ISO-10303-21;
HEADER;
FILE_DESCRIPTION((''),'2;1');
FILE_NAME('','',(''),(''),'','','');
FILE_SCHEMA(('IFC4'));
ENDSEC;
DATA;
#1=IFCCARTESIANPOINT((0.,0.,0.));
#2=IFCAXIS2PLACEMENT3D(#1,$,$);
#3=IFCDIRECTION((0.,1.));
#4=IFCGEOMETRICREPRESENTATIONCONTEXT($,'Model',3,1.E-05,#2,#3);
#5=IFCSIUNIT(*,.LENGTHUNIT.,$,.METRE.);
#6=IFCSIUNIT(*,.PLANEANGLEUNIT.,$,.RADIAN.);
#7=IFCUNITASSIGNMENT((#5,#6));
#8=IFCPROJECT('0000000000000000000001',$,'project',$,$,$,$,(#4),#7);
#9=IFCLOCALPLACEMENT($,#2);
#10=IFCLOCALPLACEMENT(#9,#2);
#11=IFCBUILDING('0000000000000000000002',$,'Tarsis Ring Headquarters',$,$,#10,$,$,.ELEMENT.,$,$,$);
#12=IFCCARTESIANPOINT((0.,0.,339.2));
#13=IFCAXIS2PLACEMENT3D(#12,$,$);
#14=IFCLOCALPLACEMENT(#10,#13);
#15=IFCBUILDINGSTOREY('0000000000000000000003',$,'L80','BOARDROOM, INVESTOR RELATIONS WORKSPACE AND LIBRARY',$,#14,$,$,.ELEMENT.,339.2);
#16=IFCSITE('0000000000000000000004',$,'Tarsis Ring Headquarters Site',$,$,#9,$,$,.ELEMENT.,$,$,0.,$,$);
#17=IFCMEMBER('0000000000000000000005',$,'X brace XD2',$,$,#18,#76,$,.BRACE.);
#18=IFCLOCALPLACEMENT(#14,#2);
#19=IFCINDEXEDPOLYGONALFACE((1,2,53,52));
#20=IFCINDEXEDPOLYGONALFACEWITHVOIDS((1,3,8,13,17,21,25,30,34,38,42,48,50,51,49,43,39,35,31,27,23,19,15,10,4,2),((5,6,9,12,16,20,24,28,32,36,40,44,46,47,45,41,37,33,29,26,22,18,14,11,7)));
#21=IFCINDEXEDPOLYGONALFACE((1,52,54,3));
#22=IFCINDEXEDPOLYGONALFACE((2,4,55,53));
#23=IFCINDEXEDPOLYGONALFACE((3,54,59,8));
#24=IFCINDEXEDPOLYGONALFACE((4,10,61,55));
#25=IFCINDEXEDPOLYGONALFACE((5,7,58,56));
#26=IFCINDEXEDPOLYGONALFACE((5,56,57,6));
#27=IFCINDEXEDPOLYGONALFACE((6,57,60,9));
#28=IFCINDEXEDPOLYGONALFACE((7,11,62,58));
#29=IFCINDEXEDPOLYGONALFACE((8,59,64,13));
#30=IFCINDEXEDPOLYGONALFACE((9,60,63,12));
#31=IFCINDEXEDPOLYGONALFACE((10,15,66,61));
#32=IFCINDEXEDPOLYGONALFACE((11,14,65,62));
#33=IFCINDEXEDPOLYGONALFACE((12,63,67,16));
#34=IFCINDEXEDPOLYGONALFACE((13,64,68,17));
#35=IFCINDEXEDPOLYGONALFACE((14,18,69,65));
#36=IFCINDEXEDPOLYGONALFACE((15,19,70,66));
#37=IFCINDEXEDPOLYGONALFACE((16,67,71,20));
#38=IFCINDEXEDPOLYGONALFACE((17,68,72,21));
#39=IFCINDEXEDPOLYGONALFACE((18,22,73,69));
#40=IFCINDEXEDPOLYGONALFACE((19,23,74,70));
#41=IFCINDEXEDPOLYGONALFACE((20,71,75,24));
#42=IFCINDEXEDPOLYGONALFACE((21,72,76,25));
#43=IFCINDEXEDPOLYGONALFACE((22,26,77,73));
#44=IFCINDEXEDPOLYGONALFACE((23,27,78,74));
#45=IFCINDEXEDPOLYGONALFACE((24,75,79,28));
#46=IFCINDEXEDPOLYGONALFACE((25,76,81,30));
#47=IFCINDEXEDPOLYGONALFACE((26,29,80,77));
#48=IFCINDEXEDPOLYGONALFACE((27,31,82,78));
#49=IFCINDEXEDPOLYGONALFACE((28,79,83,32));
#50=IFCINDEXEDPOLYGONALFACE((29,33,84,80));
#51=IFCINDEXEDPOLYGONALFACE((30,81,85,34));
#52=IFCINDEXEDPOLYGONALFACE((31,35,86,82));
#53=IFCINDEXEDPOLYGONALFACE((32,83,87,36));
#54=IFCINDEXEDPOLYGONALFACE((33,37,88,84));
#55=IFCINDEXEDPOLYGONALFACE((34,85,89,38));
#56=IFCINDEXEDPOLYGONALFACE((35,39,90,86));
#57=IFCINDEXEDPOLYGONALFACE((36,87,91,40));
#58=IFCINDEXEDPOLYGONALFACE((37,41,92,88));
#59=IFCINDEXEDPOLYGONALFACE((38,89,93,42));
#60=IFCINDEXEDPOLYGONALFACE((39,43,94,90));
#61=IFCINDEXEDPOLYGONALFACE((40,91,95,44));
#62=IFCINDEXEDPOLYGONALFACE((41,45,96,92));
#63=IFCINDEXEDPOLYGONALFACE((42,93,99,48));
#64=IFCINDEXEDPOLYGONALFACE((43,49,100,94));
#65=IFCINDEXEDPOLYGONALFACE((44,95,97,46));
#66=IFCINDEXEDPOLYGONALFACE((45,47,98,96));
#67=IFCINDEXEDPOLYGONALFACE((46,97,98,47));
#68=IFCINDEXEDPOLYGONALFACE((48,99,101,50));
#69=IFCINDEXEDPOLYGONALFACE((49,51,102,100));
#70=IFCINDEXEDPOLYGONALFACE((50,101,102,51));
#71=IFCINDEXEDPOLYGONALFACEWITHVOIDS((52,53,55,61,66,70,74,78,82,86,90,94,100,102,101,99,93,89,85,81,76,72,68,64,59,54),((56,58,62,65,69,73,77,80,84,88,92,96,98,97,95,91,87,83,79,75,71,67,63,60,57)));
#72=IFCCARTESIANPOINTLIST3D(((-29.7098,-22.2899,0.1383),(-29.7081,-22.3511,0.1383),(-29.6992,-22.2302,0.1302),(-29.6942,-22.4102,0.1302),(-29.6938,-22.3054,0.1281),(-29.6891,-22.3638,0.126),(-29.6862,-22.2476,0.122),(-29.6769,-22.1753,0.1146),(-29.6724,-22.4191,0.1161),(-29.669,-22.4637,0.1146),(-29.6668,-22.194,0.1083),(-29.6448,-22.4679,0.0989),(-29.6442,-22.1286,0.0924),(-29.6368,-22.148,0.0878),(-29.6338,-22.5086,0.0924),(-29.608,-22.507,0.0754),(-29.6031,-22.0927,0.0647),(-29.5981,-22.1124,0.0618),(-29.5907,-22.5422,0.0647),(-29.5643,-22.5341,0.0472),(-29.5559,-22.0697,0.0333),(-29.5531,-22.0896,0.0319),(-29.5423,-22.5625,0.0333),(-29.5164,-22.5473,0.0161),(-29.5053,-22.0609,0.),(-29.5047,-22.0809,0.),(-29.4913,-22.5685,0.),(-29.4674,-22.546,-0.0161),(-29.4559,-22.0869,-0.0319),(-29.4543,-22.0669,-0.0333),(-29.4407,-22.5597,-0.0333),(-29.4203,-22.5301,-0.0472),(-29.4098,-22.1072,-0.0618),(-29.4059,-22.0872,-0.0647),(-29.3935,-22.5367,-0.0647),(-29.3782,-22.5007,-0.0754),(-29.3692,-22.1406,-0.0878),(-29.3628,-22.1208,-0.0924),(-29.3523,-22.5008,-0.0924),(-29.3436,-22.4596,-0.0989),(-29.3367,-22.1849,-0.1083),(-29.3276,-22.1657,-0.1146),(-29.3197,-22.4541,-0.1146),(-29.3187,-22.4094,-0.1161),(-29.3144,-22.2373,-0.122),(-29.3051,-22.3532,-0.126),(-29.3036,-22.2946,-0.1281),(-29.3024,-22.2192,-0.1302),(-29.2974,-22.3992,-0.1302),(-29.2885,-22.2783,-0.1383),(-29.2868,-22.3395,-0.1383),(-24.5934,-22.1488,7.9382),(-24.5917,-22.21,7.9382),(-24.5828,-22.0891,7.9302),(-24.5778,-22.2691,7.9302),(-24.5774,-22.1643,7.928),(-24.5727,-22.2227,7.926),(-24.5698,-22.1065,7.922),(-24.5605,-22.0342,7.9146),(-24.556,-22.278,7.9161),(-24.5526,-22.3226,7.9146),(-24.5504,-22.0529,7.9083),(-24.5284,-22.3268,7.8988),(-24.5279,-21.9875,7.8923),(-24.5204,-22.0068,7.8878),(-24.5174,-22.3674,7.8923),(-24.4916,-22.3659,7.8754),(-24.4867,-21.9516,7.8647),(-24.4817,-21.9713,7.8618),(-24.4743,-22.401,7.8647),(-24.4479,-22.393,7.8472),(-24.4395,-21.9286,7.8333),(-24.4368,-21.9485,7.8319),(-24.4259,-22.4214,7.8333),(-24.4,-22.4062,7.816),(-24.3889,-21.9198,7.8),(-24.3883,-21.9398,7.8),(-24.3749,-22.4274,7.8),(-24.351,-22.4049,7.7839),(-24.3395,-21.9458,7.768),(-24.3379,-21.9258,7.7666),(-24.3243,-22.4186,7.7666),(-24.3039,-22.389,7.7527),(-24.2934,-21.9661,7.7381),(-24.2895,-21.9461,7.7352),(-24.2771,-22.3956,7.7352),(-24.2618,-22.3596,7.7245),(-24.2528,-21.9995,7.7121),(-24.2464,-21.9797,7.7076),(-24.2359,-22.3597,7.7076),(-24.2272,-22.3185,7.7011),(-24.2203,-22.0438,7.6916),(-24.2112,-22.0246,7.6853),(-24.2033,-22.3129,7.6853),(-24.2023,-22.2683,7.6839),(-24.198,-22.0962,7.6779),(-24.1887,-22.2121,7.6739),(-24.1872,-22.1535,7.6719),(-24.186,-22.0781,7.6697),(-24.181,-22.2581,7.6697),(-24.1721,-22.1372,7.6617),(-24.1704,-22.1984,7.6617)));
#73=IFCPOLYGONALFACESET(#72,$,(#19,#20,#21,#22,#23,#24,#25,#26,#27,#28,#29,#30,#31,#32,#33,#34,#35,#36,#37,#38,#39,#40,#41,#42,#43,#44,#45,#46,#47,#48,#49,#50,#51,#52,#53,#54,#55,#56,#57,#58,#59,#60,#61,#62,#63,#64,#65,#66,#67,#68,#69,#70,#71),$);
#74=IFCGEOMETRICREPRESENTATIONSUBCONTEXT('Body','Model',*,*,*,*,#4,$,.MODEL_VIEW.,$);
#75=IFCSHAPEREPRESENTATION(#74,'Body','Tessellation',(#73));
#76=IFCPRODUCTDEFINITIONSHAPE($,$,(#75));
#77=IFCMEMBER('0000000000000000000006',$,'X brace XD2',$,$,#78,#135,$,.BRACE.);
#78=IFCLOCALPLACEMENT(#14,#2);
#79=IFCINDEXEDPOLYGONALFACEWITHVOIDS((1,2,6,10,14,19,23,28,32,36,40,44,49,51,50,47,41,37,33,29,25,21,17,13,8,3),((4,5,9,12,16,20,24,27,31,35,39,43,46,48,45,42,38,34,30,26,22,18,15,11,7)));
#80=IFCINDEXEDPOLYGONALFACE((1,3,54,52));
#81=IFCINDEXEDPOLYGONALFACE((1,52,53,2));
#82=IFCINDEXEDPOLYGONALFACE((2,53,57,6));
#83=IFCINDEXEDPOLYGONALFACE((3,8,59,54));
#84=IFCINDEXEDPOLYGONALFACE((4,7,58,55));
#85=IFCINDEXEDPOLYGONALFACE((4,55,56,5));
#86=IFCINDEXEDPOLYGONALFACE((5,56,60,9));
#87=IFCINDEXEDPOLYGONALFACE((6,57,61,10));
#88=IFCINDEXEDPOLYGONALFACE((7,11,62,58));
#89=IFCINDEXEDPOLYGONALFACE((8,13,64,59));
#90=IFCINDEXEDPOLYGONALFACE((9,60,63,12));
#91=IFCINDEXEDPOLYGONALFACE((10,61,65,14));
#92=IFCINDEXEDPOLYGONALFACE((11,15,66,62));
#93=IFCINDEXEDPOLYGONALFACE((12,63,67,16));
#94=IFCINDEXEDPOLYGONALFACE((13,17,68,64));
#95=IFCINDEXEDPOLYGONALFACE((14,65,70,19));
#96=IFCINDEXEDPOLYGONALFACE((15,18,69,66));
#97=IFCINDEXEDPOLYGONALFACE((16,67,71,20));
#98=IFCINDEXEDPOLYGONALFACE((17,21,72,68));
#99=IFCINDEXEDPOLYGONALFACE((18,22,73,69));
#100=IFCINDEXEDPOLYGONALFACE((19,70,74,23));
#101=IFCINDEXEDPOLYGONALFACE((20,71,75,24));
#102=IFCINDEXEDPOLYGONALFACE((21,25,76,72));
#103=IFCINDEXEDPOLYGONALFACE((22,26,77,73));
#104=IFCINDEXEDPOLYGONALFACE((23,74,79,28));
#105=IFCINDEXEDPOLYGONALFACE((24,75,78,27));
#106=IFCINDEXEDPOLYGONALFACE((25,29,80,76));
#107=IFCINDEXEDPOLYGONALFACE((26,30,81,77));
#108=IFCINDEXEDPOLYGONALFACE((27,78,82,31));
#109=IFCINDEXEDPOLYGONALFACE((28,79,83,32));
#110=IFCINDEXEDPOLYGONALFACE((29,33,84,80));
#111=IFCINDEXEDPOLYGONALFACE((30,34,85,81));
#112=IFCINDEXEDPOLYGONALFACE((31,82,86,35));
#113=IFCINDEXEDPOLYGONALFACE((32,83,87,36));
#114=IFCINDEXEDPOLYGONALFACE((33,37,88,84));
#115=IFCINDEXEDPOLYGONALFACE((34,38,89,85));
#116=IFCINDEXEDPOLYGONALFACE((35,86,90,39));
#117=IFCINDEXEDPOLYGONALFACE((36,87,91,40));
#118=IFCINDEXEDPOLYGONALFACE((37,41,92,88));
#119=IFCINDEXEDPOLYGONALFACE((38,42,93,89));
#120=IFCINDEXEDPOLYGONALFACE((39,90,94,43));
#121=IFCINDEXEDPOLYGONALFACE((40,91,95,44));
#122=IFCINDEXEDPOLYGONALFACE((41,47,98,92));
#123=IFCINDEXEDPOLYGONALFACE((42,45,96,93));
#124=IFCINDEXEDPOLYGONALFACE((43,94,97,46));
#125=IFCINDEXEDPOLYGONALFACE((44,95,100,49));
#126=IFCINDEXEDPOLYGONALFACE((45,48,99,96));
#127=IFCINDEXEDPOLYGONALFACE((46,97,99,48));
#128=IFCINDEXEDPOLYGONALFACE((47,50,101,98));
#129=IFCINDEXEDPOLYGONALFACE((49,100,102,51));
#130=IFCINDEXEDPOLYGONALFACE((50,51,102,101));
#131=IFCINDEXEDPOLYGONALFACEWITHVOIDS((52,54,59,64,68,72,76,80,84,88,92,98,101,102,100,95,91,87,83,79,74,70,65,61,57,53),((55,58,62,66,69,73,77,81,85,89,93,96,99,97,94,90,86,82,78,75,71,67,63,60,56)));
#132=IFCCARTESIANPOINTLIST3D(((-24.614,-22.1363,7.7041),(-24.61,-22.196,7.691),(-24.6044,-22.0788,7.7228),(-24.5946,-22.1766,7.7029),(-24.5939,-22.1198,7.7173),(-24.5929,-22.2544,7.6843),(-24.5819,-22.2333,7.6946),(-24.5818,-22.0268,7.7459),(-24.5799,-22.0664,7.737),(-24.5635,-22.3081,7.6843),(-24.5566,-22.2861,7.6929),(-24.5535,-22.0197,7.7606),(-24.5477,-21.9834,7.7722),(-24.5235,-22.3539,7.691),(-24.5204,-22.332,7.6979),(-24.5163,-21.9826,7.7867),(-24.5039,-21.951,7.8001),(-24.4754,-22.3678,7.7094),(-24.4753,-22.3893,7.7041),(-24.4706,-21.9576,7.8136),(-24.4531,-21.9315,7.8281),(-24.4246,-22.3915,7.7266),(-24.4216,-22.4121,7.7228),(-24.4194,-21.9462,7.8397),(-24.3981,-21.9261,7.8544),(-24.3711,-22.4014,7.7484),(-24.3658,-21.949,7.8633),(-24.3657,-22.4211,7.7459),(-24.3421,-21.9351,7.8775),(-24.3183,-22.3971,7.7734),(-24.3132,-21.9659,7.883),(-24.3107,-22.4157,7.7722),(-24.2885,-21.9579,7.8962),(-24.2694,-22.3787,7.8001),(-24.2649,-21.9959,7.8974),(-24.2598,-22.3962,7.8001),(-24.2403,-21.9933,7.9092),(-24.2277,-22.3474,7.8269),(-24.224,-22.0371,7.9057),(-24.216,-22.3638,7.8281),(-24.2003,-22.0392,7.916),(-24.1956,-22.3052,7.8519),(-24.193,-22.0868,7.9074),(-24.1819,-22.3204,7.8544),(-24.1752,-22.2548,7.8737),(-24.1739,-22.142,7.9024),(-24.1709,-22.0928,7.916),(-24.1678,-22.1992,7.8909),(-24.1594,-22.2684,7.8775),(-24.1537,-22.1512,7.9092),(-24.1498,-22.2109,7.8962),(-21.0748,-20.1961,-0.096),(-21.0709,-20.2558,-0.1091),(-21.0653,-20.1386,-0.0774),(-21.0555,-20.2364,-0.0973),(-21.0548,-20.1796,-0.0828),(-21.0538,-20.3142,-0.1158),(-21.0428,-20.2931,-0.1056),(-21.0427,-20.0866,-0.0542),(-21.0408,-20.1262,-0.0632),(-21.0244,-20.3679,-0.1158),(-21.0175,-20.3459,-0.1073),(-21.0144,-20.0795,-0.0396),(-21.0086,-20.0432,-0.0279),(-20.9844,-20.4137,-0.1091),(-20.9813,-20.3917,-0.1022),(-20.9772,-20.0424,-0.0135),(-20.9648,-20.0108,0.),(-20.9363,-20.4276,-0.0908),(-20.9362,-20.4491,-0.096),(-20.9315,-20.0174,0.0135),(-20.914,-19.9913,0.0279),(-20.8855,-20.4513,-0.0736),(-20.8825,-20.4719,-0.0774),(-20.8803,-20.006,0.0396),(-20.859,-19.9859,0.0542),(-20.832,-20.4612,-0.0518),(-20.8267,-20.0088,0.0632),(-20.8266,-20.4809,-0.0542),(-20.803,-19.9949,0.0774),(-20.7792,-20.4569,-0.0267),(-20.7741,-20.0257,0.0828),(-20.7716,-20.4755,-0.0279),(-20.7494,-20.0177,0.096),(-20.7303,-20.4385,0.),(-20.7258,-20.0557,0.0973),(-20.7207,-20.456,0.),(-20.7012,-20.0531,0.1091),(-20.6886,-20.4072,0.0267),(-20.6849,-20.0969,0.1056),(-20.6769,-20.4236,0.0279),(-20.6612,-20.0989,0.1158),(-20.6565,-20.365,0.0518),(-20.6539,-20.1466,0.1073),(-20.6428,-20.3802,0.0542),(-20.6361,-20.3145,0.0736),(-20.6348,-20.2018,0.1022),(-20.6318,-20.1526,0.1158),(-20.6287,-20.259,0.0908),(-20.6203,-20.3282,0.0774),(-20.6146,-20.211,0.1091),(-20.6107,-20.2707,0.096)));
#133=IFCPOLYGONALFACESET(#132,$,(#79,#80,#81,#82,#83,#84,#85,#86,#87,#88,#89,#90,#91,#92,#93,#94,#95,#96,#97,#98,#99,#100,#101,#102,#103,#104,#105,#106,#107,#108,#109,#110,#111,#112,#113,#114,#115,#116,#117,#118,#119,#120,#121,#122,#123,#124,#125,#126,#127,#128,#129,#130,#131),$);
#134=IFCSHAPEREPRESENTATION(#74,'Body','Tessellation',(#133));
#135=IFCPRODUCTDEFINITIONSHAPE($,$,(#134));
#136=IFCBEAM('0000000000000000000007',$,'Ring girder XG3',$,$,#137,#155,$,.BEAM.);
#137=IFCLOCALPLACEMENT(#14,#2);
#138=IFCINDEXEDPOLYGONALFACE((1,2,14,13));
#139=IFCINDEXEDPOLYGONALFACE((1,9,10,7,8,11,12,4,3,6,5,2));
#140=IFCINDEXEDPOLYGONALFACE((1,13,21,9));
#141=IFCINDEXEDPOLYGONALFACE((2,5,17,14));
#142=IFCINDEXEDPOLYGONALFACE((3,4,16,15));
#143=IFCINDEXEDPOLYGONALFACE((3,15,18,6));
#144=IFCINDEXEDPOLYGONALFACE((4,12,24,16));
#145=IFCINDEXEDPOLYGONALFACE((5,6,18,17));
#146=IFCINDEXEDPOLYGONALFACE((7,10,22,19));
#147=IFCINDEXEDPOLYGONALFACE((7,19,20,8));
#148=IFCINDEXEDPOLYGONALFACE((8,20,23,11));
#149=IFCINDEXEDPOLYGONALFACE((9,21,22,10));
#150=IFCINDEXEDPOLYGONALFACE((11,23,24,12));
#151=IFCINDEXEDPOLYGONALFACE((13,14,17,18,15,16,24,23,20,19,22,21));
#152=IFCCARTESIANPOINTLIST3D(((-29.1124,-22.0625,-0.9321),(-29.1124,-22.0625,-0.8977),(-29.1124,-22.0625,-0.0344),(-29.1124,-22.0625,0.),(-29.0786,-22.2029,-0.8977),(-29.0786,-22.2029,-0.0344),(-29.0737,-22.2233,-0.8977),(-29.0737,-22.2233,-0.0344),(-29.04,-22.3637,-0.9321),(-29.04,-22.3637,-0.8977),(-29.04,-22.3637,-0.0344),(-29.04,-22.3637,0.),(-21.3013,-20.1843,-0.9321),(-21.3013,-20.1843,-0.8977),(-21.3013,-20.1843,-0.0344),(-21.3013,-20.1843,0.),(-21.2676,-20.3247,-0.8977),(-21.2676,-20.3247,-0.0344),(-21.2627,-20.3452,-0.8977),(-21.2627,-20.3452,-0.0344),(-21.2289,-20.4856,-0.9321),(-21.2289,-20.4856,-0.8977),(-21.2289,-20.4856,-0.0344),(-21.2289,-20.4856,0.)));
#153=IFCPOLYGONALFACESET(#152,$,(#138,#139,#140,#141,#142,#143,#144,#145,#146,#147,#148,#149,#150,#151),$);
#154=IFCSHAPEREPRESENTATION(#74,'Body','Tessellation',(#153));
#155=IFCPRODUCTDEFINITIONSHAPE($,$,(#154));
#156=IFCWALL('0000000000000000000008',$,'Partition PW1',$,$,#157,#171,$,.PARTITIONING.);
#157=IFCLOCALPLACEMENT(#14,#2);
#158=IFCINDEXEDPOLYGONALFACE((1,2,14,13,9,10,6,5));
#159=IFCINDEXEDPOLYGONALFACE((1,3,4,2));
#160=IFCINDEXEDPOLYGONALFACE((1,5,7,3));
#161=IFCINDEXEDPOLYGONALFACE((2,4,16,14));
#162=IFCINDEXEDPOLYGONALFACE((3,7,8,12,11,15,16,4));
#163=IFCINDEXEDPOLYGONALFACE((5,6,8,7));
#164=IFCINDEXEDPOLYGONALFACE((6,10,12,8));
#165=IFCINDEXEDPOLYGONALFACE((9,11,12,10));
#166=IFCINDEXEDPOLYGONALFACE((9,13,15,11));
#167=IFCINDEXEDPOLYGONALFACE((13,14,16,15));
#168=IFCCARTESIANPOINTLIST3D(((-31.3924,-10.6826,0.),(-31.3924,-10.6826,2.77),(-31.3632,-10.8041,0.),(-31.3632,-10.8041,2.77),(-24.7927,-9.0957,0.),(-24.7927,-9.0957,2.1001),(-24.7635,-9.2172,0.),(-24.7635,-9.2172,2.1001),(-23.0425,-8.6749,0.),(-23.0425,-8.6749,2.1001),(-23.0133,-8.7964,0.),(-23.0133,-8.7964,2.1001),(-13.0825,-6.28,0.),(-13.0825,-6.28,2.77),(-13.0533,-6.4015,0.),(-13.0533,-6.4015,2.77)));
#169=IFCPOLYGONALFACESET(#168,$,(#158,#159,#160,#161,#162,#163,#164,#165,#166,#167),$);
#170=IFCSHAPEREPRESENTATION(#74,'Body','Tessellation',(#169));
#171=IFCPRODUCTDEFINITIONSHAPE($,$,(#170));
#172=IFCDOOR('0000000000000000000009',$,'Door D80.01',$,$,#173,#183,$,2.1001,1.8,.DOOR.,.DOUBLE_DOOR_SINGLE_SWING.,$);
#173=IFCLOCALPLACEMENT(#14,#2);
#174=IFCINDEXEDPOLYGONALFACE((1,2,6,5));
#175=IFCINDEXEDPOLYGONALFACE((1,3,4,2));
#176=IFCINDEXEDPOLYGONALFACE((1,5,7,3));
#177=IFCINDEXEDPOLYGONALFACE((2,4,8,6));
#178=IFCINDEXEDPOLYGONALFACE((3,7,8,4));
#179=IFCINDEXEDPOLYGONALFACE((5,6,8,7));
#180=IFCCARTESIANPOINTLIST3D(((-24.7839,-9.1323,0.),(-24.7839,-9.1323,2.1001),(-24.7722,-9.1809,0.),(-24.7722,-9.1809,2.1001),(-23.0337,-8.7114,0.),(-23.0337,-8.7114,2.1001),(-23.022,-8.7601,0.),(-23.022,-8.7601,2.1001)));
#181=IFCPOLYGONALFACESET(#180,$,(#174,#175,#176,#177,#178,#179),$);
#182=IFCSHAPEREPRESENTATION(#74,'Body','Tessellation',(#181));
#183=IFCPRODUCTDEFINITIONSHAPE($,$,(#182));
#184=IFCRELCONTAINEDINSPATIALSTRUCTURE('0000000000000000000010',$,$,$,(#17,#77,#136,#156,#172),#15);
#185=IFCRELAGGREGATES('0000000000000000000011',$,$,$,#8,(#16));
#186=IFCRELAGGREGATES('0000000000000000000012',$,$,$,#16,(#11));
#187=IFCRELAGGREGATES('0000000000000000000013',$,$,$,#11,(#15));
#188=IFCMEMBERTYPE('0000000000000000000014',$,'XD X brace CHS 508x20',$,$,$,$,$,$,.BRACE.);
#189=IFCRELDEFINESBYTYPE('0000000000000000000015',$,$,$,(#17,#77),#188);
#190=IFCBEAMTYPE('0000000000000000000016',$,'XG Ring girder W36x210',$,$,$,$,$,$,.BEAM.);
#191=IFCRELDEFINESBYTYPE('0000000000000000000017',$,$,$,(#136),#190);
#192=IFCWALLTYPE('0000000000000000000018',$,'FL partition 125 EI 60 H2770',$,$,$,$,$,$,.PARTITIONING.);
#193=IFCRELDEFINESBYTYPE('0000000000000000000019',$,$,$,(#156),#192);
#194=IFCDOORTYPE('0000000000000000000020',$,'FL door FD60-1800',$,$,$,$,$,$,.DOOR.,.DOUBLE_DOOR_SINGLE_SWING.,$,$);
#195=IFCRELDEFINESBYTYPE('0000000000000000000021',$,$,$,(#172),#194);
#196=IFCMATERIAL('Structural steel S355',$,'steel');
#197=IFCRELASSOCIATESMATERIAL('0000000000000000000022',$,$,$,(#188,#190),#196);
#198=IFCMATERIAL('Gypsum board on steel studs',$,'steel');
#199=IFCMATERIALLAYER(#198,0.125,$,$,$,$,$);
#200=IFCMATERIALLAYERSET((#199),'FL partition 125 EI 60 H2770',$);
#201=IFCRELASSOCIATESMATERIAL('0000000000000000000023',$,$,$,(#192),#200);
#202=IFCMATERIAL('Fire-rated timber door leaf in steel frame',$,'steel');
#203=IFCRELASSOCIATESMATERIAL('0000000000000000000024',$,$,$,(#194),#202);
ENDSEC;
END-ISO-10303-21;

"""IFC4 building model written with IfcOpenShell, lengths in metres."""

from ifc_helpers import new_model, si_unit, direction, frame, frame_2d, origin, origin_2d, place, context, subcontext, project, spatial, rectangle, hollow_circle, i_section, extrude, material, layer, layer_set, material_profile, profile_set, type_object, element, fill, save


model = new_model("IFC4")

# Units and contexts
model_context = context("Model", 3, precision=1e-05, world=origin(), true_north=direction((0.0, 1.0)))
body_context = subcontext(model_context, "Body", "Model", "MODEL_VIEW")
ifc_project = project(units=[si_unit("LENGTHUNIT", "METRE"), si_unit("PLANEANGLEUNIT", "RADIAN")], contexts=[model_context])

# Site, building, storey
site_placement = place(None, origin())
site = spatial("IfcSite", under=ifc_project, at=site_placement, Name="Tarsis Ring Headquarters Site", CompositionType="ELEMENT", RefElevation=0.0)
building_placement = place(site_placement, origin())
building = spatial("IfcBuilding", under=site, at=building_placement, Name="Tarsis Ring Headquarters", CompositionType="ELEMENT")
storey_placement = place(building_placement, frame((0.0, 0.0, 339.2)))
storey = spatial("IfcBuildingStorey", under=building, at=storey_placement, Name="L80", Description="BOARDROOM, INVESTOR RELATIONS WORKSPACE AND LIBRARY", CompositionType="ELEMENT", Elevation=339.2)

# Shared definitions
ifc_material_1 = material(Name="Structural steel S355", Category="steel")

# Members
ifc_material_profile_1 = material_profile(ifc_material_1, hollow_circle(Radius=0.2539, WallThickness=0.02, at=origin_2d()), Name="CHS 508x20")
ifc_profile_set_1 = profile_set([ifc_material_profile_1], Name="Structural steel S355")
member_type = type_object("IfcMemberType", Name="XD X brace CHS 508x20", PredefinedType="BRACE", material=ifc_profile_set_1)
member_1_placement = place(storey_placement, frame((-29.4983, -22.3147, 0.0), z_axis=(0.548419, 0.015126, 0.836067), x_axis=(-0.02757, 0.99962, 0.0)))
element("IfcMember", 1, at=member_1_placement, inside=storey, type_object=member_type, Name="X brace XD2", PredefinedType="BRACE", context=body_context, shape_type="SweptSolid", body=[
    extrude(hollow_circle(Radius=0.2539, WallThickness=0.02, at=origin_2d()), origin(), (0.0, 0.0, 1.0), 9.3293),
])
member_2_placement = place(storey_placement, frame((-20.8428, -20.2334, 0.0), z_axis=(-0.402973, -0.220918, 0.888148), x_axis=(0.48072, -0.876874, 0.0)))
element("IfcMember", 2, at=member_2_placement, inside=storey, type_object=member_type, Name="X brace XD2", PredefinedType="BRACE", context=body_context, shape_type="SweptSolid", body=[
    extrude(hollow_circle(Radius=0.2539, WallThickness=0.02, at=origin_2d()), origin(), (0.0, 0.0, 1.0), 8.7825),
])

# Beam
ifc_material_profile_2 = material_profile(ifc_material_1, i_section(OverallWidth=0.3098, OverallDepth=0.9321, WebThickness=0.021, FlangeThickness=0.0344, at=origin_2d()), Name="W36x210")
ifc_profile_set_2 = profile_set([ifc_material_profile_2], Name="Structural steel S355")
beam_type = type_object("IfcBeamType", Name="XG Ring girder W36x210", PredefinedType="BEAM", material=ifc_profile_set_2)
beam_placement = place(storey_placement, frame((-29.0762, -22.2131, -0.4661), z_axis=(0.972288, 0.233788, 0.0), x_axis=(-0.233788, 0.972288, 0.0)))
element("IfcBeam", 3, at=beam_placement, inside=storey, type_object=beam_type, Name="Ring girder XG3", PredefinedType="BEAM", context=body_context, shape_type="SweptSolid", body=[
    extrude(i_section(OverallWidth=0.3098, OverallDepth=0.9321, WebThickness=0.021, FlangeThickness=0.0344, at=origin_2d()), origin(), (0.0, 0.0, 1.0), 8.0337),
])

# Wall, opening, door
ifc_material_2 = material(Name="Gypsum board on steel studs", Category="steel")
ifc_layer_1 = layer(ifc_material_2, 0.125)
ifc_layer_set_1 = layer_set([ifc_layer_1], Name="FL partition 125 EI 60 H2770")
wall_type_1 = type_object("IfcWallType", Name="FL partition 125 EI 60 H2770", PredefinedType="PARTITIONING", material=ifc_layer_set_1)
wall_1_placement = place(storey_placement, frame((-31.3779, -10.7434, 0.0), z_axis=(0.0, 0.0, 1.0), x_axis=(0.972288, 0.233786, 0.0)))
wall_1 = element("IfcWall", 4, at=wall_1_placement, inside=storey, type_object=wall_type_1, Name="Partition PW1", PredefinedType="PARTITIONING", context=body_context, shape_type="SweptSolid", body=[
    extrude(rectangle(XDim=18.8318, YDim=0.125, at=frame_2d((9.416, 0.0))), origin(), (0.0, 0.0, 1.0), 2.77),
])
opening_1_placement = place(wall_1_placement, frame((6.7881, 0.0, 0.0)))
opening_1 = element("IfcOpeningElement", 5, at=opening_1_placement, cuts=wall_1, PredefinedType="OPENING", context=body_context, shape_type="SweptSolid", body=[
    extrude(rectangle(XDim=1.8, YDim=2.1001, at=frame_2d((0.8999, 1.05))), frame((0.0, 0.0725, 0.0), z_axis=(0.0, -1.0, 0.0), x_axis=(1.0, 0.0, 0.0)), (0.0, 0.0, 1.0), 0.145),
])
ifc_material_3 = material(Name="Fire-rated timber door leaf in steel frame", Category="steel")
door_type_1 = type_object("IfcDoorType", Name="FL door FD60-1800", OperationType="DOUBLE_DOOR_SINGLE_SWING", PredefinedType="DOOR", material=ifc_material_3)
door_1_placement = place(opening_1_placement, origin())
door_1 = element("IfcDoor", 6, at=door_1_placement, inside=storey, type_object=door_type_1, Name="Door D80.01", OperationType="DOUBLE_DOOR_SINGLE_SWING", OverallHeight=2.1001, OverallWidth=1.8, PredefinedType="DOOR", context=body_context, shape_type="SweptSolid", body=[
    extrude(rectangle(XDim=1.8, YDim=2.1001, at=frame_2d((0.8999, 1.05))), frame((0.0, 0.0249, 0.0), z_axis=(0.0, -1.0, 0.0), x_axis=(1.0, 0.0, 0.0)), (0.0, 0.0, 1.0), 0.05),
])
fill(opening_1, door_1)

save(model, "model.ifc")
